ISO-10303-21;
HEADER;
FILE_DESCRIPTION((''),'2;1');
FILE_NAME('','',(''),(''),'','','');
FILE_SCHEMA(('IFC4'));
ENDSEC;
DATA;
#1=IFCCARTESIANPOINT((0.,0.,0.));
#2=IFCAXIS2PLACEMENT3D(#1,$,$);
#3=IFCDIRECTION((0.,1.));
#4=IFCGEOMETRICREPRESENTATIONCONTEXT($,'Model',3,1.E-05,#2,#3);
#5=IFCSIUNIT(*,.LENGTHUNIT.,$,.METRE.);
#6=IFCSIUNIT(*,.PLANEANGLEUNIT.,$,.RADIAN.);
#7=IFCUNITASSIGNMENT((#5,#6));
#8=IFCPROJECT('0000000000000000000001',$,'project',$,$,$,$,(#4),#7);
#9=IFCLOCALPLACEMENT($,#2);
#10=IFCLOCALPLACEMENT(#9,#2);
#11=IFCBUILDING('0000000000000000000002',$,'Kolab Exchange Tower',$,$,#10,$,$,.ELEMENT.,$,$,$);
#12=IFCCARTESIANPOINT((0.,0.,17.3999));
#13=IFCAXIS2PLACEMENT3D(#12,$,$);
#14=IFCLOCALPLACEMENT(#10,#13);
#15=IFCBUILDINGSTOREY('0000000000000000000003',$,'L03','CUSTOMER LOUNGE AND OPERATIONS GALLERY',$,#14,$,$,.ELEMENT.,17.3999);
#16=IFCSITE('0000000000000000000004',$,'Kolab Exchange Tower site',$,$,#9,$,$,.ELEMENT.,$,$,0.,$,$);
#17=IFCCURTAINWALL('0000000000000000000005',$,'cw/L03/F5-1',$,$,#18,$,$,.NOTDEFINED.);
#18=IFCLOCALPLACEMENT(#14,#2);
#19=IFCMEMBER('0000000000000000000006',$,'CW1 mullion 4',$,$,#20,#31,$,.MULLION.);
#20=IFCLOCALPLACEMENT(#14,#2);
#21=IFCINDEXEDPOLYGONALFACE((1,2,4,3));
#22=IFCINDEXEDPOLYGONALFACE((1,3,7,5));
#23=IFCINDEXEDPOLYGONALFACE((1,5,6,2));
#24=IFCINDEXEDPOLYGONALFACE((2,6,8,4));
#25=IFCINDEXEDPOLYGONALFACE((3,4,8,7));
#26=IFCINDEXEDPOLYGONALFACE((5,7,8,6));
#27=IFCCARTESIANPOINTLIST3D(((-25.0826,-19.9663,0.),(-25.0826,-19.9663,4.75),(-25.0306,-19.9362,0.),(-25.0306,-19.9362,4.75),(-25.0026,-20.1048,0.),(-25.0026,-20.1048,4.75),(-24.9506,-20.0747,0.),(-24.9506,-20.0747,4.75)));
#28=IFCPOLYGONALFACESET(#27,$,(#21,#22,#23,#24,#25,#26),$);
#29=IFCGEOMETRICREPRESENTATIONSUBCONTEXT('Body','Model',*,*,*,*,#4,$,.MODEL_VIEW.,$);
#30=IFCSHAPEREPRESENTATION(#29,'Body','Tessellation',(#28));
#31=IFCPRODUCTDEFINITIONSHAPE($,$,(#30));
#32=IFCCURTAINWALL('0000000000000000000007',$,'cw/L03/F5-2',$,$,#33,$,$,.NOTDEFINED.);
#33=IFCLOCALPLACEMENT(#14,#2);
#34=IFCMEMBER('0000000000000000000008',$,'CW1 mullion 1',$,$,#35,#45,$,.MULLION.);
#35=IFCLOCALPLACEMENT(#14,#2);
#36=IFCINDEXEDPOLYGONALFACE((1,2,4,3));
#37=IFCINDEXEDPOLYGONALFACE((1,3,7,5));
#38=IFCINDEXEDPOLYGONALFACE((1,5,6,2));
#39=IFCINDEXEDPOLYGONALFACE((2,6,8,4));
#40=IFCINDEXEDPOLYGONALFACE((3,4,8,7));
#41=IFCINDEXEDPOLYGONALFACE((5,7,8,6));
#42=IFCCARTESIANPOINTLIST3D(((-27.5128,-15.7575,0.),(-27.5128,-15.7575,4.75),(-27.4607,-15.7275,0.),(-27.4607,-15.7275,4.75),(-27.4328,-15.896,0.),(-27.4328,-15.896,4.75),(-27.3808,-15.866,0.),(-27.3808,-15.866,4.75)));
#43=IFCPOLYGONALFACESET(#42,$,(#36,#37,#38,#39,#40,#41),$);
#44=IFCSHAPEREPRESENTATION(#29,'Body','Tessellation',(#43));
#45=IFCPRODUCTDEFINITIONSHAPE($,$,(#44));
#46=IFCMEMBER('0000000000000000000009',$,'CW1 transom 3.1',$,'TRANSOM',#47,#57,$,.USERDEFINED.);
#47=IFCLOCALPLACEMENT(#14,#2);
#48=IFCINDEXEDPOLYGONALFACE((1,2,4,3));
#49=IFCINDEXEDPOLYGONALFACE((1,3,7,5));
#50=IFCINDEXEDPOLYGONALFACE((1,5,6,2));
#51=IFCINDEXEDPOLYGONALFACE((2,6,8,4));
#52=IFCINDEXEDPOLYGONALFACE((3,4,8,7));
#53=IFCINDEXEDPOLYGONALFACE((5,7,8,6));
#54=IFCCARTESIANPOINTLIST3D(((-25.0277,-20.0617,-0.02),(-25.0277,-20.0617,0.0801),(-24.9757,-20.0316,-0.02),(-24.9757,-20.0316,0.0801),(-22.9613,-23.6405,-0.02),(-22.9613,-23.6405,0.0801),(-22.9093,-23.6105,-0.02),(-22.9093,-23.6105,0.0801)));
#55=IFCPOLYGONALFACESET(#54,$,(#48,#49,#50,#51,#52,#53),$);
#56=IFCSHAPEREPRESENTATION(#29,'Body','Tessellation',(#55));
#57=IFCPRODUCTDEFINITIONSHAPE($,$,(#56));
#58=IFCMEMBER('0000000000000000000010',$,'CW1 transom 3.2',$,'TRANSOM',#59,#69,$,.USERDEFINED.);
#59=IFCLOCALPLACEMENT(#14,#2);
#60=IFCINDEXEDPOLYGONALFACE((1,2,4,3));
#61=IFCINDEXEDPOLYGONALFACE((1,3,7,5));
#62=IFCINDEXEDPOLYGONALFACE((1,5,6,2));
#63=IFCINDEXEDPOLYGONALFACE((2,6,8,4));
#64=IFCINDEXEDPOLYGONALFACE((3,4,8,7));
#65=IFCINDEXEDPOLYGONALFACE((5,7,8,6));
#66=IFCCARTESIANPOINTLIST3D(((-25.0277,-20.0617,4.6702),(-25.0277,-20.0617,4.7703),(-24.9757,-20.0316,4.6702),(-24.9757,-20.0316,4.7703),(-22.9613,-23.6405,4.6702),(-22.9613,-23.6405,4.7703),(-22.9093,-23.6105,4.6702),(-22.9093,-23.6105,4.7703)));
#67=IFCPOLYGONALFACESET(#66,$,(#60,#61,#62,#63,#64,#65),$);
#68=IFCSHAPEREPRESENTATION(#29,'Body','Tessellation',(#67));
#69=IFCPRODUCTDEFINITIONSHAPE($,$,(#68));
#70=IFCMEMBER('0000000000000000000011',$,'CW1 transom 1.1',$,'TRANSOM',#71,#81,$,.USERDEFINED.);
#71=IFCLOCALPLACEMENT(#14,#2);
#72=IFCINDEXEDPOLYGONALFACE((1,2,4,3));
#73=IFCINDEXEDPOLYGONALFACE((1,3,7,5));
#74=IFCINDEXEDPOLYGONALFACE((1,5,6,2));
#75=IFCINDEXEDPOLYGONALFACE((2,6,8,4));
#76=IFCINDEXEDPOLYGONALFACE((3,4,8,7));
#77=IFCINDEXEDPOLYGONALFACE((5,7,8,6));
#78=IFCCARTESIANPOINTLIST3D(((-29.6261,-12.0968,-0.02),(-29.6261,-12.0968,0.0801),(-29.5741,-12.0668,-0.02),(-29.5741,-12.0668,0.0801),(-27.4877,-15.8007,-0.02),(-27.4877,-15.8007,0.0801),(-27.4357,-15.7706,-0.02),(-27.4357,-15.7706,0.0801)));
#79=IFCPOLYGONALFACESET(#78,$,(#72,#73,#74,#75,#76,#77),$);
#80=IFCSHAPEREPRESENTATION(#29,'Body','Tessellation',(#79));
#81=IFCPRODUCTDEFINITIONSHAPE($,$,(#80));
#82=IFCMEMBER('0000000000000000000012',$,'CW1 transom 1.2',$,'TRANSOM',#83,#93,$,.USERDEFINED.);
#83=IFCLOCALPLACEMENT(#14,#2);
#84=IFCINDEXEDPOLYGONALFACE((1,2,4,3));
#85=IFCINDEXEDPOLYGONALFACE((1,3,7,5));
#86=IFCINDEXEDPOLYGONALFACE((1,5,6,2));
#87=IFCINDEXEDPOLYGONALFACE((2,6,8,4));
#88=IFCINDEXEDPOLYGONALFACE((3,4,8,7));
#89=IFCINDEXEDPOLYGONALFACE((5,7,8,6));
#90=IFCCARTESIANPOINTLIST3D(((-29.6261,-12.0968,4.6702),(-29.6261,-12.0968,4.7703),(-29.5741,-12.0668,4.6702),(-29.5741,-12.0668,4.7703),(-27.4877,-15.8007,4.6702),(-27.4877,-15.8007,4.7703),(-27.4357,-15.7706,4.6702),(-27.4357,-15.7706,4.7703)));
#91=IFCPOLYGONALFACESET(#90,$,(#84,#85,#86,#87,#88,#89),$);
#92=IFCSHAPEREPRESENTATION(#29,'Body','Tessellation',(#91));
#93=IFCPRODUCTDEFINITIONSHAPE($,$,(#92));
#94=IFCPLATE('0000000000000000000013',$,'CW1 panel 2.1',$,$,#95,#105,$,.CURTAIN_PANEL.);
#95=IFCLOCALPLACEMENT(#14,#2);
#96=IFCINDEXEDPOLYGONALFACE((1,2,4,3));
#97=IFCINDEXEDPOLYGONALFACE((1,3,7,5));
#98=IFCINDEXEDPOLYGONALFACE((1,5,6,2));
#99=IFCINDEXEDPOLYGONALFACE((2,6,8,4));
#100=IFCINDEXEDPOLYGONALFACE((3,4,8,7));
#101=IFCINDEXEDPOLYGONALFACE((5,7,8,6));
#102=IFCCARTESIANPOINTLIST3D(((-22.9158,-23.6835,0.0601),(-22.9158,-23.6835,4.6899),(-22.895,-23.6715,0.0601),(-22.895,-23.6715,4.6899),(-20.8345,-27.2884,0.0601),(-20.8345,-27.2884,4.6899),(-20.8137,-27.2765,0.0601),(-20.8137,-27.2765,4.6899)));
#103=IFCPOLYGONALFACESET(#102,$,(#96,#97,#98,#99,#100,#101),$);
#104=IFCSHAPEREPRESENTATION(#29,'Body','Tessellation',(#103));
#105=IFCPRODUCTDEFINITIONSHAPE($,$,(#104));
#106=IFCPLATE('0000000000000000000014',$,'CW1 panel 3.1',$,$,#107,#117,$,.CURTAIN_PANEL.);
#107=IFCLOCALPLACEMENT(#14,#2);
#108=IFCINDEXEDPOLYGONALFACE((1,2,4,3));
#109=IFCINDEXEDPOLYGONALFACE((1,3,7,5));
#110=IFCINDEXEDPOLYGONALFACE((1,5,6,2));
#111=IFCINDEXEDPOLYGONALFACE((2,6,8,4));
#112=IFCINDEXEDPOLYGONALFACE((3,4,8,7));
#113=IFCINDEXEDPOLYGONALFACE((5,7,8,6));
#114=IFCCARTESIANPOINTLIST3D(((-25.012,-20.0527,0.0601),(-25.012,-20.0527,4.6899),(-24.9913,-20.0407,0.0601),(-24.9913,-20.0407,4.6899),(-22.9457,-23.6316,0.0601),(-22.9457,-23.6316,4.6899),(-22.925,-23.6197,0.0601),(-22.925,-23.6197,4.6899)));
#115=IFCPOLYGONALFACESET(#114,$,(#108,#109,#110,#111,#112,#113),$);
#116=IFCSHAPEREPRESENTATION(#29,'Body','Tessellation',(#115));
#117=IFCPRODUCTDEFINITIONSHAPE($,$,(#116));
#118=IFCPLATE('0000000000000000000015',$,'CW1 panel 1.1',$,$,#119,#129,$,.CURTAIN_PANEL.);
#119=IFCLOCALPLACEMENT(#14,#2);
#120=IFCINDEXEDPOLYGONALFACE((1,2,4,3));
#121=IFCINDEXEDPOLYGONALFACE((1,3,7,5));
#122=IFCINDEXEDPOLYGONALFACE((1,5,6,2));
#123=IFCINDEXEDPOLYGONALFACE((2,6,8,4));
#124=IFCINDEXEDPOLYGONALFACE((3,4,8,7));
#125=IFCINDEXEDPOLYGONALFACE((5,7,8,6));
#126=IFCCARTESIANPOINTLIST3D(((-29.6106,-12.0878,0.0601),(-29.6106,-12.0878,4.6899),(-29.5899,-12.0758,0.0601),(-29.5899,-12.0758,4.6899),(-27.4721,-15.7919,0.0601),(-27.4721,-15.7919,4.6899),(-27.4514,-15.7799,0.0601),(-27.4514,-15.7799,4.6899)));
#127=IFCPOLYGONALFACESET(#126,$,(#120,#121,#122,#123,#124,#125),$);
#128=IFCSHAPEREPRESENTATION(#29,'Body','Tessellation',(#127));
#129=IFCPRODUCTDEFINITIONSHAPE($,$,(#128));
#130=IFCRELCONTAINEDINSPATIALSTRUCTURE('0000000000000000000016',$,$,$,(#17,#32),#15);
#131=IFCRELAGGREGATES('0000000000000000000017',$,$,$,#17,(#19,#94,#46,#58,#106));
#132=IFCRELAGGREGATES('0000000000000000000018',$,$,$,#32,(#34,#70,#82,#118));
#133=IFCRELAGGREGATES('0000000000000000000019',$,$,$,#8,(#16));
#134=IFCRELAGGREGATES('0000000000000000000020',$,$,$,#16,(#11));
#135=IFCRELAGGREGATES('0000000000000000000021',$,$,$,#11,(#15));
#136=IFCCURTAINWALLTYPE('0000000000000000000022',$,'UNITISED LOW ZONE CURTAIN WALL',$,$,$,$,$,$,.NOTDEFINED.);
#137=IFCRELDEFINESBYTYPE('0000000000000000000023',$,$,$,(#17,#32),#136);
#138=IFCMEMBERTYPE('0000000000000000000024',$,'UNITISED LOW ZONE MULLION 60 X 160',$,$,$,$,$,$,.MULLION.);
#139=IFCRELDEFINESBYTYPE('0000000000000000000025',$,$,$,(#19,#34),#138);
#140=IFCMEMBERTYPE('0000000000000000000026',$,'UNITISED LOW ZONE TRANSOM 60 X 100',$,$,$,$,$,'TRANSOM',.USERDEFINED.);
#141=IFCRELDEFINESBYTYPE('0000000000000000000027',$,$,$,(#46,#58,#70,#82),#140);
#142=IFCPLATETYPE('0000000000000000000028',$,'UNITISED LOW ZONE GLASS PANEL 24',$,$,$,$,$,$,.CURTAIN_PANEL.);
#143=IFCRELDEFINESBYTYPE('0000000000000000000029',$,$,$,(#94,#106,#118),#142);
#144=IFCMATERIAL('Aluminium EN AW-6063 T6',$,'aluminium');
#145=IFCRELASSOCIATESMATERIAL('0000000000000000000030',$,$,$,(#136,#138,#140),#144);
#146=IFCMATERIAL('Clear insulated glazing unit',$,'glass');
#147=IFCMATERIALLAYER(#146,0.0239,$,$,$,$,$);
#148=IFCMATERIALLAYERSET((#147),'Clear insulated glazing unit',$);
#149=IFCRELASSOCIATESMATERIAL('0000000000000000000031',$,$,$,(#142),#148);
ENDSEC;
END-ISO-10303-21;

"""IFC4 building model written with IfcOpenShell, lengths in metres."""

from ifc_helpers import new_model, si_unit, direction, frame, origin, origin_2d, place, context, subcontext, project, spatial, rectangle, extrude, material, layer, layer_set, material_profile, profile_set, type_object, element, aggregate, save


model = new_model("IFC4")

# Units and contexts
model_context = context("Model", 3, precision=1e-05, world=origin(), true_north=direction((0.0, 1.0)))
body_context = subcontext(model_context, "Body", "Model", "MODEL_VIEW")
ifc_project = project(units=[si_unit("LENGTHUNIT", "METRE"), si_unit("PLANEANGLEUNIT", "RADIAN")], contexts=[model_context])

# Site, building, storey
site_placement = place(None, origin())
site = spatial("IfcSite", under=ifc_project, at=site_placement, Name="Kolab Exchange Tower site", CompositionType="ELEMENT", RefElevation=0.0)
building_placement = place(site_placement, origin())
building = spatial("IfcBuilding", under=site, at=building_placement, Name="Kolab Exchange Tower", CompositionType="ELEMENT")
storey_placement = place(building_placement, frame((0.0, 0.0, 17.3999)))
storey = spatial("IfcBuildingStorey", under=building, at=storey_placement, Name="L03", Description="CUSTOMER LOUNGE AND OPERATIONS GALLERY", CompositionType="ELEMENT", Elevation=17.3999)

# Curtain wall, member
ifc_material_1 = material(Name="Aluminium EN AW-6063 T6", Category="aluminium")
curtain_wall_type = type_object("IfcCurtainWallType", Name="UNITISED LOW ZONE CURTAIN WALL", PredefinedType="NOTDEFINED", material=ifc_material_1)
curtain_wall_1_placement = place(storey_placement, origin())
curtain_wall_1 = element("IfcCurtainWall", 1, at=curtain_wall_1_placement, inside=storey, type_object=curtain_wall_type, Name="cw/L03/F5-1", PredefinedType="NOTDEFINED")
ifc_material_profile_1 = material_profile(ifc_material_1, rectangle(XDim=0.0601, YDim=0.1599, at=origin_2d()), Name="RECT 60X160")
ifc_profile_set_1 = profile_set([ifc_material_profile_1], Name="Aluminium EN AW-6063 T6")
member_type_1 = type_object("IfcMemberType", Name="UNITISED LOW ZONE MULLION 60 X 160", PredefinedType="MULLION", material=ifc_profile_set_1)
member_1_placement = place(storey_placement, frame((-25.0166, -20.0205, 0.0), z_axis=(0.0, 0.0, 1.0), x_axis=(-0.866025, -0.5, 0.0)))
member_1 = element("IfcMember", 2, at=member_1_placement, type_object=member_type_1, Name="CW1 mullion 4", PredefinedType="MULLION", context=body_context, shape_type="SweptSolid", body=[
    extrude(rectangle(XDim=0.0601, YDim=0.1599, at=origin_2d()), origin(), (0.0, 0.0, 1.0), 4.75),
])

# Curtain wall, member
curtain_wall_2_placement = place(storey_placement, origin())
curtain_wall_2 = element("IfcCurtainWall", 3, at=curtain_wall_2_placement, inside=storey, type_object=curtain_wall_type, Name="cw/L03/F5-2", PredefinedType="NOTDEFINED")
member_2_placement = place(storey_placement, frame((-27.4468, -15.8118, 0.0), z_axis=(0.0, 0.0, 1.0), x_axis=(-0.866025, -0.5, 0.0)))
member_2 = element("IfcMember", 4, at=member_2_placement, type_object=member_type_1, Name="CW1 mullion 1", PredefinedType="MULLION", context=body_context, shape_type="SweptSolid", body=[
    extrude(rectangle(XDim=0.0601, YDim=0.1599, at=origin_2d()), origin(), (0.0, 0.0, 1.0), 4.75),
])

# Members
ifc_material_profile_2 = material_profile(ifc_material_1, rectangle(XDim=0.0601, YDim=0.1001, at=origin_2d()), Name="RECT 60X100")
ifc_profile_set_2 = profile_set([ifc_material_profile_2], Name="Aluminium EN AW-6063 T6")
member_type_2 = type_object("IfcMemberType", Name="UNITISED LOW ZONE TRANSOM 60 X 100", ElementType="TRANSOM", PredefinedType="USERDEFINED", material=ifc_profile_set_2)
member_3_placement = place(storey_placement, frame((-22.9353, -23.6255, 0.03), z_axis=(-0.500028, 0.866009, 0.0), x_axis=(-0.866009, -0.500028, 0.0)))
member_3 = element("IfcMember", 5, at=member_3_placement, type_object=member_type_2, Name="CW1 transom 3.1", ObjectType="TRANSOM", PredefinedType="USERDEFINED", context=body_context, shape_type="SweptSolid", body=[
    extrude(rectangle(XDim=0.0601, YDim=0.1001, at=origin_2d()), origin(), (0.0, 0.0, 1.0), 4.1326),
])
member_4_placement = place(storey_placement, frame((-22.9353, -23.6255, 4.7202), z_axis=(-0.500028, 0.866009, 0.0), x_axis=(-0.866009, -0.500028, 0.0)))
member_4 = element("IfcMember", 6, at=member_4_placement, type_object=member_type_2, Name="CW1 transom 3.2", ObjectType="TRANSOM", PredefinedType="USERDEFINED", context=body_context, shape_type="SweptSolid", body=[
    extrude(rectangle(XDim=0.0601, YDim=0.1001, at=origin_2d()), origin(), (0.0, 0.0, 1.0), 4.1326),
])
member_5_placement = place(storey_placement, frame((-27.4617, -15.7856, 0.03), z_axis=(-0.500001, 0.866025, 0.0), x_axis=(-0.866025, -0.500001, 0.0)))
member_5 = element("IfcMember", 7, at=member_5_placement, type_object=member_type_2, Name="CW1 transom 1.1", ObjectType="TRANSOM", PredefinedType="USERDEFINED", context=body_context, shape_type="SweptSolid", body=[
    extrude(rectangle(XDim=0.0601, YDim=0.1001, at=origin_2d()), origin(), (0.0, 0.0, 1.0), 4.2769),
])
member_6_placement = place(storey_placement, frame((-27.4617, -15.7856, 4.7202), z_axis=(-0.500001, 0.866025, 0.0), x_axis=(-0.866025, -0.500001, 0.0)))
member_6 = element("IfcMember", 8, at=member_6_placement, type_object=member_type_2, Name="CW1 transom 1.2", ObjectType="TRANSOM", PredefinedType="USERDEFINED", context=body_context, shape_type="SweptSolid", body=[
    extrude(rectangle(XDim=0.0601, YDim=0.1001, at=origin_2d()), origin(), (0.0, 0.0, 1.0), 4.2769),
])

# Plates
ifc_material_2 = material(Name="Clear insulated glazing unit", Category="glass")
ifc_layer_1 = layer(ifc_material_2, 0.0239)
ifc_layer_set_1 = layer_set([ifc_layer_1], Name="Clear insulated glazing unit")
plate_type = type_object("IfcPlateType", Name="UNITISED LOW ZONE GLASS PANEL 24", PredefinedType="CURTAIN_PANEL", material=ifc_layer_set_1)
plate_1_placement = place(storey_placement, frame((-21.8647, -25.48, 0.0601), z_axis=(0.0, 0.0, 1.0), x_axis=(-0.5, 0.866025, 0.0)))
plate_1 = element("IfcPlate", 9, at=plate_1_placement, type_object=plate_type, Name="CW1 panel 2.1", PredefinedType="CURTAIN_PANEL", context=body_context, shape_type="SweptSolid", body=[
    extrude(rectangle(XDim=4.1626, YDim=0.0239, at=origin_2d()), origin(), (0.0, 0.0, 1.0), 4.6299),
])
plate_2_placement = place(storey_placement, frame((-23.9685, -21.8362, 0.0601), z_axis=(0.0, 0.0, 1.0), x_axis=(-0.5, 0.866025, 0.0)))
plate_2 = element("IfcPlate", 10, at=plate_2_placement, type_object=plate_type, Name="CW1 panel 3.1", PredefinedType="CURTAIN_PANEL", context=body_context, shape_type="SweptSolid", body=[
    extrude(rectangle(XDim=4.1326, YDim=0.0239, at=origin_2d()), origin(), (0.0, 0.0, 1.0), 4.6299),
])
aggregate(curtain_wall_1, [member_1, plate_1, member_3, member_4, plate_2])
plate_3_placement = place(storey_placement, frame((-28.531, -13.9338, 0.0601), z_axis=(0.0, 0.0, 1.0), x_axis=(-0.5, 0.866025, 0.0)))
plate_3 = element("IfcPlate", 11, at=plate_3_placement, type_object=plate_type, Name="CW1 panel 1.1", PredefinedType="CURTAIN_PANEL", context=body_context, shape_type="SweptSolid", body=[
    extrude(rectangle(XDim=4.2771, YDim=0.0239, at=origin_2d()), origin(), (0.0, 0.0, 1.0), 4.6299),
])
aggregate(curtain_wall_2, [member_2, member_5, member_6, plate_3])

save(model, "model.ifc")
